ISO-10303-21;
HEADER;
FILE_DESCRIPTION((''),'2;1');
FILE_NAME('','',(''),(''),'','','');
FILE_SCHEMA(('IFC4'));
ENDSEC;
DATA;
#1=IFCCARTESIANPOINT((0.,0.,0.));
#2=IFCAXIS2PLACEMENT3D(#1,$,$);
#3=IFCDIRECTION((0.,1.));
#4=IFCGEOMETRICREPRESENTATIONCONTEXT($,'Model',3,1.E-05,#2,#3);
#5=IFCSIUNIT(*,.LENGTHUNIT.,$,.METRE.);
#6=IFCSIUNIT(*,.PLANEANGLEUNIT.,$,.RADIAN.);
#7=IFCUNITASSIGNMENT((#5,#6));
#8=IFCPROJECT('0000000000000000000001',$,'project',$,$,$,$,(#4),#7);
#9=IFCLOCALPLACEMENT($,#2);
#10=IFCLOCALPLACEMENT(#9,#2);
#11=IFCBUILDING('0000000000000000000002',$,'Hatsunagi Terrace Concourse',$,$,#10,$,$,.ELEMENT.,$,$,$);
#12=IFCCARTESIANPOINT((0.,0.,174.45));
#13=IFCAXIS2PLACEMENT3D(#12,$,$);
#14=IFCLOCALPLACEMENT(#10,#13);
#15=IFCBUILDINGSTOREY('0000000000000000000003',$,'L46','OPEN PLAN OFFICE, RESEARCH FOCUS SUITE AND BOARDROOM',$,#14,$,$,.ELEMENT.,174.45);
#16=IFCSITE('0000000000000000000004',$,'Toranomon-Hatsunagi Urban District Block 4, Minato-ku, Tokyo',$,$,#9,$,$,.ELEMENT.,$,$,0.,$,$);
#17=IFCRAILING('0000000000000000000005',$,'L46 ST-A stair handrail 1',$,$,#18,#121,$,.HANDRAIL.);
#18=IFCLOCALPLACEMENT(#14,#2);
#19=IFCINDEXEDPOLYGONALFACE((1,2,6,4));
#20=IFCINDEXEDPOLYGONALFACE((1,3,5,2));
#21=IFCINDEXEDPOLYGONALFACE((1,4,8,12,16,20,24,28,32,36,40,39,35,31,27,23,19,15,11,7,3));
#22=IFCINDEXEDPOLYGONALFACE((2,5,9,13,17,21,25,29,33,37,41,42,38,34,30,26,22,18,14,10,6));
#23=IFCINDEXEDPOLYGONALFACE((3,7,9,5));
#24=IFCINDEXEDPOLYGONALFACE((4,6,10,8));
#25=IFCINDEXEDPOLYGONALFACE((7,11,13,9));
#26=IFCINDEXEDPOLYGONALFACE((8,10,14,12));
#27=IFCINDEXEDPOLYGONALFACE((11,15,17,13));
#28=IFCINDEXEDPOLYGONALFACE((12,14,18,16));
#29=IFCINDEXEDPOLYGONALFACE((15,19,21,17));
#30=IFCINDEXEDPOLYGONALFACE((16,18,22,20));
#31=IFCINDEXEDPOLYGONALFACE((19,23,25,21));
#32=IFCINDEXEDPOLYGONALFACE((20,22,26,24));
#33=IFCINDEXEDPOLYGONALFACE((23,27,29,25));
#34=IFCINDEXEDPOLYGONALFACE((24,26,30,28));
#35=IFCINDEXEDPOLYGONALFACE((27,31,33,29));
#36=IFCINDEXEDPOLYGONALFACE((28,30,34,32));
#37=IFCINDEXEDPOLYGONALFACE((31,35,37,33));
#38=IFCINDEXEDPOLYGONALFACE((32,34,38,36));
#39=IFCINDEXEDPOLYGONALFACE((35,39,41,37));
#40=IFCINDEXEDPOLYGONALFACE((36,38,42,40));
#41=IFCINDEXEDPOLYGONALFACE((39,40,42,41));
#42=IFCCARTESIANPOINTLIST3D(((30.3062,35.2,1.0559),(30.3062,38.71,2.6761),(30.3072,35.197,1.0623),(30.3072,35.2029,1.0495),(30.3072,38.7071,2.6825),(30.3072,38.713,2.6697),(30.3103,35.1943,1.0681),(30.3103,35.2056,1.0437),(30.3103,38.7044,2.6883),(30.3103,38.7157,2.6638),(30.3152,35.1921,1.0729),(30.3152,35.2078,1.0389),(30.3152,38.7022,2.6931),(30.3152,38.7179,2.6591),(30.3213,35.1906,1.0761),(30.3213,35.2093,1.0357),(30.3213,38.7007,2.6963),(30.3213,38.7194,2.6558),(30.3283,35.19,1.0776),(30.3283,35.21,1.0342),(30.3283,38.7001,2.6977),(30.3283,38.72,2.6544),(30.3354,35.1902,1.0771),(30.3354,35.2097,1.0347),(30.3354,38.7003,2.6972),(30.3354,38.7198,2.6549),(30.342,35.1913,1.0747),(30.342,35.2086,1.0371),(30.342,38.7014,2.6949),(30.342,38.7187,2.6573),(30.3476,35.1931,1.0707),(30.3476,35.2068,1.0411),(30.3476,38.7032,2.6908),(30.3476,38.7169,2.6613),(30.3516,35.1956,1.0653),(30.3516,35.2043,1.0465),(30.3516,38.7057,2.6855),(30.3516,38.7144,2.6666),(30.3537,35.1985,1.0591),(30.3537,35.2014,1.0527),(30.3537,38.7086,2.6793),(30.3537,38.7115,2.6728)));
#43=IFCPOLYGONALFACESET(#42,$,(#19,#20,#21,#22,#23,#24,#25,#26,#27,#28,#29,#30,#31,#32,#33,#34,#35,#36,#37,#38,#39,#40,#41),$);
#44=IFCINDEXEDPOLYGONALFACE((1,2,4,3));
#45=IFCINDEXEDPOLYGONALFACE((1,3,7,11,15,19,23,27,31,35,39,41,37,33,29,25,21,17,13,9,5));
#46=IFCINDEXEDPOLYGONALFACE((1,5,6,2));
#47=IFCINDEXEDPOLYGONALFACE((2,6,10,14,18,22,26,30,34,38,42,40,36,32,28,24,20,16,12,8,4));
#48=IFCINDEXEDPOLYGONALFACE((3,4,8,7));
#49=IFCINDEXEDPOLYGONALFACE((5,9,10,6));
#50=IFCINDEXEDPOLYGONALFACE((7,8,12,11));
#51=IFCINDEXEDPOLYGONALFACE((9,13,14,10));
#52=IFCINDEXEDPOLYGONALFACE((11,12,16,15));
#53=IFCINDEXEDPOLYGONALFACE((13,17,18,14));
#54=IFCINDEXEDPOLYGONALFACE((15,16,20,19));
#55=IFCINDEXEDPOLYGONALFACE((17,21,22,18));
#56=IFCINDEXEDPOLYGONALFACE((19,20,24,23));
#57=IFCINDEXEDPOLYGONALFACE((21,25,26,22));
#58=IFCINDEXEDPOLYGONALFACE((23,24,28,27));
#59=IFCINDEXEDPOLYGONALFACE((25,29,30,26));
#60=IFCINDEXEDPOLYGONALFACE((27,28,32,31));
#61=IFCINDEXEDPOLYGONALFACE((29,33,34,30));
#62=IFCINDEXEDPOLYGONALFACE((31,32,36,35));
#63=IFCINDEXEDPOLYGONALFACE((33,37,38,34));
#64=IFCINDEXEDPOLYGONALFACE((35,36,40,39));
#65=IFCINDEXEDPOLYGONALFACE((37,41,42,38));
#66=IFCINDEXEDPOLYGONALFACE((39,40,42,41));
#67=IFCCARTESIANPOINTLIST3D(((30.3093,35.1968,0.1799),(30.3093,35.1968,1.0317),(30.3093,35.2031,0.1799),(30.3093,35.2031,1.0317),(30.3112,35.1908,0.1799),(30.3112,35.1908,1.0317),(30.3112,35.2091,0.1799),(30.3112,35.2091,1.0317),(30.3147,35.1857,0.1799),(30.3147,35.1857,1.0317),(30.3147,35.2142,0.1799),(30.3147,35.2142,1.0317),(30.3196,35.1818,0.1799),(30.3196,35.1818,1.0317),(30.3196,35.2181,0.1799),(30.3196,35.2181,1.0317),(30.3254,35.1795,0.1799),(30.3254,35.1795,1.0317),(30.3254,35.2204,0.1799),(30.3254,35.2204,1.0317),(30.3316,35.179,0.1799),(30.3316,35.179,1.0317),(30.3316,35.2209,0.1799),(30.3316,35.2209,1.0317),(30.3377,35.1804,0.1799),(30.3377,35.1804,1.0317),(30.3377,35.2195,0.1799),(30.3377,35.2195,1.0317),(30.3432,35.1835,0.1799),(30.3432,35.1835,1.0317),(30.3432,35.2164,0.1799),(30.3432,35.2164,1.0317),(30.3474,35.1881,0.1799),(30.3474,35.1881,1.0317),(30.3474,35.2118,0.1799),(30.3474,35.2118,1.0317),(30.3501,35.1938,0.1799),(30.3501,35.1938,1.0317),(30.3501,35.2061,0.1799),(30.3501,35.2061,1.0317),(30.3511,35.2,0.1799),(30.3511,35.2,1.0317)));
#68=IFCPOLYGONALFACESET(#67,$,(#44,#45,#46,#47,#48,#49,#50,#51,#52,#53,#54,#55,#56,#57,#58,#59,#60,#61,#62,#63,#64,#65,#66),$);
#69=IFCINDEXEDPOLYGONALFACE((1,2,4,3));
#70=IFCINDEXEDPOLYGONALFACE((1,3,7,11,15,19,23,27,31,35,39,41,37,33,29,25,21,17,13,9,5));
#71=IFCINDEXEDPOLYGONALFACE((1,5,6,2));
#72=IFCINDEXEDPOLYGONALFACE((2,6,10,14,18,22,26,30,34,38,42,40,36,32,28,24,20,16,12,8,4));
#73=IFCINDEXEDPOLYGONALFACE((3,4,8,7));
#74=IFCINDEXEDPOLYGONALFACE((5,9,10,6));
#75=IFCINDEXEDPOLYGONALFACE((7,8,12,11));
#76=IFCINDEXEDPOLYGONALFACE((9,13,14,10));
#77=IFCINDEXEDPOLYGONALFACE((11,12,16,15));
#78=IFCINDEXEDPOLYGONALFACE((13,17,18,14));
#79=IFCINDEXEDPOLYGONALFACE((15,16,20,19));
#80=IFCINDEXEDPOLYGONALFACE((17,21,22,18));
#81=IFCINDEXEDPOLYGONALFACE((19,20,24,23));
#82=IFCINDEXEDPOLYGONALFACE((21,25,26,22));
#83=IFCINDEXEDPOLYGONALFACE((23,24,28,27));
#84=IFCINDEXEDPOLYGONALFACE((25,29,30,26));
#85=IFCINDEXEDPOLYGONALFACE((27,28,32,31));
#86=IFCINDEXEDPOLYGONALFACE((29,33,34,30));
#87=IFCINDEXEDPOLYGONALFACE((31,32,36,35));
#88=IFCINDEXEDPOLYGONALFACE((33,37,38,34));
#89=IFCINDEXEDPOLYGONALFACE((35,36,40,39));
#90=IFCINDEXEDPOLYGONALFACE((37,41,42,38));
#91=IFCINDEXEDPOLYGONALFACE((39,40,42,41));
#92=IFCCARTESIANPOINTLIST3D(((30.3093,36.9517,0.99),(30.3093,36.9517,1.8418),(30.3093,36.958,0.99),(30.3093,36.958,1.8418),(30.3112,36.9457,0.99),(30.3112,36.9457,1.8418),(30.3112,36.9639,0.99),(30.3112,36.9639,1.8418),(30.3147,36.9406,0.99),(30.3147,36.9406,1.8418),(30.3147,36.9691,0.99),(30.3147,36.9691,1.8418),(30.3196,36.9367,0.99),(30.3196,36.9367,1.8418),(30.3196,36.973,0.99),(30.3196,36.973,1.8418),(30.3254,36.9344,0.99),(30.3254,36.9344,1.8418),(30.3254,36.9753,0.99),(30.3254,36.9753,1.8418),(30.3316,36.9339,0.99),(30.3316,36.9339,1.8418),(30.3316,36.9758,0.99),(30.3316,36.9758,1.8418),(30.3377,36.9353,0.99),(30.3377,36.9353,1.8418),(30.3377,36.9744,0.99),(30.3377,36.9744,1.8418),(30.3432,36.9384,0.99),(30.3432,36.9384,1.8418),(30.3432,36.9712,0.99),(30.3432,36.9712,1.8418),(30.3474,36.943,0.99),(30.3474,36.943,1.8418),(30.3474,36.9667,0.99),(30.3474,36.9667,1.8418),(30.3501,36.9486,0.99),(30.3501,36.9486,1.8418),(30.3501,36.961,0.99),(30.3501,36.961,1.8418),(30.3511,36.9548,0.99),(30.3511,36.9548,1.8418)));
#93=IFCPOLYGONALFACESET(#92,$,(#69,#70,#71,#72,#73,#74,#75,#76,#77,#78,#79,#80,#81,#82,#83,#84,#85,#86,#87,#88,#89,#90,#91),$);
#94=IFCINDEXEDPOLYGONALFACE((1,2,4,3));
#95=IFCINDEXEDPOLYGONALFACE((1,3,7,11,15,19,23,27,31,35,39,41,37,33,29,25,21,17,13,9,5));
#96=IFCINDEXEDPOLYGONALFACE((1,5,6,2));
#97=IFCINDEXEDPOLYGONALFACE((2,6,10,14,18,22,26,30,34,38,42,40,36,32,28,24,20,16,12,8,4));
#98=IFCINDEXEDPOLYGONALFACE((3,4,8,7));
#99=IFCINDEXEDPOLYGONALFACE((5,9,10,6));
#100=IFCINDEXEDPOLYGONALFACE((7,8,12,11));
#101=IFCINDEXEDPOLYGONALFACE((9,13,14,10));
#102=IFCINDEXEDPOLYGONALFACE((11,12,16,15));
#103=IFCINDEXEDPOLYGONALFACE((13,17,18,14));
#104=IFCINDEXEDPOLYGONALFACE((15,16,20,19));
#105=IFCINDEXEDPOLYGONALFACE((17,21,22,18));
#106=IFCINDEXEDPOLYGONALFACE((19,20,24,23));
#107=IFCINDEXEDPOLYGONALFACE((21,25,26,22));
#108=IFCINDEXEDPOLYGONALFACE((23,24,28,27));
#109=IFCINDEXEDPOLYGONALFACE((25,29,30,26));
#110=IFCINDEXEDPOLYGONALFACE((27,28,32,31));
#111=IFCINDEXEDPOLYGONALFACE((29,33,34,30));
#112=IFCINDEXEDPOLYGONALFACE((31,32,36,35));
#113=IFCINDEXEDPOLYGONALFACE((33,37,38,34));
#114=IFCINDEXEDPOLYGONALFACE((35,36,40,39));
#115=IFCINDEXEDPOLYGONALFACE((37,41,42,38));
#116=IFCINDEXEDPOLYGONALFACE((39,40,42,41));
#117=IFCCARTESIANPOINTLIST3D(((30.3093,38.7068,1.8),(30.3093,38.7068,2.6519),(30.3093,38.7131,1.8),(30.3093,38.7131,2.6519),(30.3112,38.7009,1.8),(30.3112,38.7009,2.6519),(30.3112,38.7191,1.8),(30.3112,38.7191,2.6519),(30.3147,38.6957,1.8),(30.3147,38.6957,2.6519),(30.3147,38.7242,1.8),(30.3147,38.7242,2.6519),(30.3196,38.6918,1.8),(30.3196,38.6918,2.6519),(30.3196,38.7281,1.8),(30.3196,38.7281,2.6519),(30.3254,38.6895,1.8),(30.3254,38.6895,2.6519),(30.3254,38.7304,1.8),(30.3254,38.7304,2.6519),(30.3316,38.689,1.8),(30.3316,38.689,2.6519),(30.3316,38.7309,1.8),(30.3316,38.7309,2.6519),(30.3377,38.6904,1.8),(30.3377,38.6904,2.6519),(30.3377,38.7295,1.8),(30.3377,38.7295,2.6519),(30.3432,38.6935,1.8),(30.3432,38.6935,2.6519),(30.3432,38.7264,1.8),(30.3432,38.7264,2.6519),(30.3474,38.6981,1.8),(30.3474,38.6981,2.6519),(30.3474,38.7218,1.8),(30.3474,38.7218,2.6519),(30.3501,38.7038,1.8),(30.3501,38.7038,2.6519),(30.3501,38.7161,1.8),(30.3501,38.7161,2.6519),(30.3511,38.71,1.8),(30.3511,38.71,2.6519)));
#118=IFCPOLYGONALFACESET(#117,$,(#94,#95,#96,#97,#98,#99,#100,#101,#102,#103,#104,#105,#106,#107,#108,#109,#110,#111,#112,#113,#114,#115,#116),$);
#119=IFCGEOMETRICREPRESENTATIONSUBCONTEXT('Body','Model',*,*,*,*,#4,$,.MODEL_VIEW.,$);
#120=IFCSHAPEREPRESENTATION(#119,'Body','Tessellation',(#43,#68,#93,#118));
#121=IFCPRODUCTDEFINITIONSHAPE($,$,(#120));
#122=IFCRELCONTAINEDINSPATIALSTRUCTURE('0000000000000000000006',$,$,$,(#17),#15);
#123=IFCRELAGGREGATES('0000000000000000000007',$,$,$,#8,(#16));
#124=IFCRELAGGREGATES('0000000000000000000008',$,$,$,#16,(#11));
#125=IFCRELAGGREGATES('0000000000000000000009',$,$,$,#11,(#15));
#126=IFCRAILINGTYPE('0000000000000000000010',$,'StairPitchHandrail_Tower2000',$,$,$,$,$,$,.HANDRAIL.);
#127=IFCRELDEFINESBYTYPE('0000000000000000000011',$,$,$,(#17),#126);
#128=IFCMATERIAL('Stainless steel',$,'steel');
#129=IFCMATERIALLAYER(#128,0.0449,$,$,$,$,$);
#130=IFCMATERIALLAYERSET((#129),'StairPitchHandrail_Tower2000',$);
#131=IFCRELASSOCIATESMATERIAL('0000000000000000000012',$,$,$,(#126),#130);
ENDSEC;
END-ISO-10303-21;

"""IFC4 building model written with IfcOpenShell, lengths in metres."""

from ifc_helpers import new_model, si_unit, direction, frame, origin, origin_2d, place, context, subcontext, project, spatial, circle, extrude, material, layer, layer_set, type_object, element, save


model = new_model("IFC4")

# Units and contexts
model_context = context("Model", 3, precision=1e-05, world=origin(), true_north=direction((0.0, 1.0)))
body_context = subcontext(model_context, "Body", "Model", "MODEL_VIEW")
ifc_project = project(units=[si_unit("LENGTHUNIT", "METRE"), si_unit("PLANEANGLEUNIT", "RADIAN")], contexts=[model_context])

# Site, building, storey
site_placement = place(None, origin())
site = spatial("IfcSite", under=ifc_project, at=site_placement, Name="Toranomon-Hatsunagi Urban District Block 4, Minato-ku, Tokyo", CompositionType="ELEMENT", RefElevation=0.0)
building_placement = place(site_placement, origin())
building = spatial("IfcBuilding", under=site, at=building_placement, Name="Hatsunagi Terrace Concourse", CompositionType="ELEMENT")
storey_placement = place(building_placement, frame((0.0, 0.0, 174.45)))
storey = spatial("IfcBuildingStorey", under=building, at=storey_placement, Name="L46", Description="OPEN PLAN OFFICE, RESEARCH FOCUS SUITE AND BOARDROOM", CompositionType="ELEMENT", Elevation=174.45)

# Railing
ifc_material_1 = material(Name="Stainless steel", Category="steel")
ifc_layer_1 = layer(ifc_material_1, 0.0449)
ifc_layer_set_1 = layer_set([ifc_layer_1], Name="StairPitchHandrail_Tower2000")
railing_type_1 = type_object("IfcRailingType", Name="StairPitchHandrail_Tower2000", PredefinedType="HANDRAIL", material=ifc_layer_set_1)
railing_1_placement = place(storey_placement, frame((30.3301, 35.2, 0.1799)))
element("IfcRailing", 1, at=railing_1_placement, inside=storey, type_object=railing_type_1, Name="L46 ST-A stair handrail 1", PredefinedType="HANDRAIL", context=body_context, shape_type="SweptSolid", body=[
    extrude(circle(Radius=0.0239, at=origin_2d()), frame((0.0, 0.0, 0.876), z_axis=(0.0, 0.907948, 0.419082), x_axis=(-1.0, 0.0, 0.0)), (0.0, 0.0, 1.0), 3.866),
    extrude(circle(Radius=0.021, at=origin_2d()), origin(), (0.0, 0.0, 1.0), 0.8518),
    extrude(circle(Radius=0.021, at=origin_2d()), frame((0.0, 1.7549, 0.8101)), (0.0, 0.0, 1.0), 0.8518),
    extrude(circle(Radius=0.021, at=origin_2d()), frame((0.0, 3.51, 1.6201)), (0.0, 0.0, 1.0), 0.8518),
])

save(model, "model.ifc")
